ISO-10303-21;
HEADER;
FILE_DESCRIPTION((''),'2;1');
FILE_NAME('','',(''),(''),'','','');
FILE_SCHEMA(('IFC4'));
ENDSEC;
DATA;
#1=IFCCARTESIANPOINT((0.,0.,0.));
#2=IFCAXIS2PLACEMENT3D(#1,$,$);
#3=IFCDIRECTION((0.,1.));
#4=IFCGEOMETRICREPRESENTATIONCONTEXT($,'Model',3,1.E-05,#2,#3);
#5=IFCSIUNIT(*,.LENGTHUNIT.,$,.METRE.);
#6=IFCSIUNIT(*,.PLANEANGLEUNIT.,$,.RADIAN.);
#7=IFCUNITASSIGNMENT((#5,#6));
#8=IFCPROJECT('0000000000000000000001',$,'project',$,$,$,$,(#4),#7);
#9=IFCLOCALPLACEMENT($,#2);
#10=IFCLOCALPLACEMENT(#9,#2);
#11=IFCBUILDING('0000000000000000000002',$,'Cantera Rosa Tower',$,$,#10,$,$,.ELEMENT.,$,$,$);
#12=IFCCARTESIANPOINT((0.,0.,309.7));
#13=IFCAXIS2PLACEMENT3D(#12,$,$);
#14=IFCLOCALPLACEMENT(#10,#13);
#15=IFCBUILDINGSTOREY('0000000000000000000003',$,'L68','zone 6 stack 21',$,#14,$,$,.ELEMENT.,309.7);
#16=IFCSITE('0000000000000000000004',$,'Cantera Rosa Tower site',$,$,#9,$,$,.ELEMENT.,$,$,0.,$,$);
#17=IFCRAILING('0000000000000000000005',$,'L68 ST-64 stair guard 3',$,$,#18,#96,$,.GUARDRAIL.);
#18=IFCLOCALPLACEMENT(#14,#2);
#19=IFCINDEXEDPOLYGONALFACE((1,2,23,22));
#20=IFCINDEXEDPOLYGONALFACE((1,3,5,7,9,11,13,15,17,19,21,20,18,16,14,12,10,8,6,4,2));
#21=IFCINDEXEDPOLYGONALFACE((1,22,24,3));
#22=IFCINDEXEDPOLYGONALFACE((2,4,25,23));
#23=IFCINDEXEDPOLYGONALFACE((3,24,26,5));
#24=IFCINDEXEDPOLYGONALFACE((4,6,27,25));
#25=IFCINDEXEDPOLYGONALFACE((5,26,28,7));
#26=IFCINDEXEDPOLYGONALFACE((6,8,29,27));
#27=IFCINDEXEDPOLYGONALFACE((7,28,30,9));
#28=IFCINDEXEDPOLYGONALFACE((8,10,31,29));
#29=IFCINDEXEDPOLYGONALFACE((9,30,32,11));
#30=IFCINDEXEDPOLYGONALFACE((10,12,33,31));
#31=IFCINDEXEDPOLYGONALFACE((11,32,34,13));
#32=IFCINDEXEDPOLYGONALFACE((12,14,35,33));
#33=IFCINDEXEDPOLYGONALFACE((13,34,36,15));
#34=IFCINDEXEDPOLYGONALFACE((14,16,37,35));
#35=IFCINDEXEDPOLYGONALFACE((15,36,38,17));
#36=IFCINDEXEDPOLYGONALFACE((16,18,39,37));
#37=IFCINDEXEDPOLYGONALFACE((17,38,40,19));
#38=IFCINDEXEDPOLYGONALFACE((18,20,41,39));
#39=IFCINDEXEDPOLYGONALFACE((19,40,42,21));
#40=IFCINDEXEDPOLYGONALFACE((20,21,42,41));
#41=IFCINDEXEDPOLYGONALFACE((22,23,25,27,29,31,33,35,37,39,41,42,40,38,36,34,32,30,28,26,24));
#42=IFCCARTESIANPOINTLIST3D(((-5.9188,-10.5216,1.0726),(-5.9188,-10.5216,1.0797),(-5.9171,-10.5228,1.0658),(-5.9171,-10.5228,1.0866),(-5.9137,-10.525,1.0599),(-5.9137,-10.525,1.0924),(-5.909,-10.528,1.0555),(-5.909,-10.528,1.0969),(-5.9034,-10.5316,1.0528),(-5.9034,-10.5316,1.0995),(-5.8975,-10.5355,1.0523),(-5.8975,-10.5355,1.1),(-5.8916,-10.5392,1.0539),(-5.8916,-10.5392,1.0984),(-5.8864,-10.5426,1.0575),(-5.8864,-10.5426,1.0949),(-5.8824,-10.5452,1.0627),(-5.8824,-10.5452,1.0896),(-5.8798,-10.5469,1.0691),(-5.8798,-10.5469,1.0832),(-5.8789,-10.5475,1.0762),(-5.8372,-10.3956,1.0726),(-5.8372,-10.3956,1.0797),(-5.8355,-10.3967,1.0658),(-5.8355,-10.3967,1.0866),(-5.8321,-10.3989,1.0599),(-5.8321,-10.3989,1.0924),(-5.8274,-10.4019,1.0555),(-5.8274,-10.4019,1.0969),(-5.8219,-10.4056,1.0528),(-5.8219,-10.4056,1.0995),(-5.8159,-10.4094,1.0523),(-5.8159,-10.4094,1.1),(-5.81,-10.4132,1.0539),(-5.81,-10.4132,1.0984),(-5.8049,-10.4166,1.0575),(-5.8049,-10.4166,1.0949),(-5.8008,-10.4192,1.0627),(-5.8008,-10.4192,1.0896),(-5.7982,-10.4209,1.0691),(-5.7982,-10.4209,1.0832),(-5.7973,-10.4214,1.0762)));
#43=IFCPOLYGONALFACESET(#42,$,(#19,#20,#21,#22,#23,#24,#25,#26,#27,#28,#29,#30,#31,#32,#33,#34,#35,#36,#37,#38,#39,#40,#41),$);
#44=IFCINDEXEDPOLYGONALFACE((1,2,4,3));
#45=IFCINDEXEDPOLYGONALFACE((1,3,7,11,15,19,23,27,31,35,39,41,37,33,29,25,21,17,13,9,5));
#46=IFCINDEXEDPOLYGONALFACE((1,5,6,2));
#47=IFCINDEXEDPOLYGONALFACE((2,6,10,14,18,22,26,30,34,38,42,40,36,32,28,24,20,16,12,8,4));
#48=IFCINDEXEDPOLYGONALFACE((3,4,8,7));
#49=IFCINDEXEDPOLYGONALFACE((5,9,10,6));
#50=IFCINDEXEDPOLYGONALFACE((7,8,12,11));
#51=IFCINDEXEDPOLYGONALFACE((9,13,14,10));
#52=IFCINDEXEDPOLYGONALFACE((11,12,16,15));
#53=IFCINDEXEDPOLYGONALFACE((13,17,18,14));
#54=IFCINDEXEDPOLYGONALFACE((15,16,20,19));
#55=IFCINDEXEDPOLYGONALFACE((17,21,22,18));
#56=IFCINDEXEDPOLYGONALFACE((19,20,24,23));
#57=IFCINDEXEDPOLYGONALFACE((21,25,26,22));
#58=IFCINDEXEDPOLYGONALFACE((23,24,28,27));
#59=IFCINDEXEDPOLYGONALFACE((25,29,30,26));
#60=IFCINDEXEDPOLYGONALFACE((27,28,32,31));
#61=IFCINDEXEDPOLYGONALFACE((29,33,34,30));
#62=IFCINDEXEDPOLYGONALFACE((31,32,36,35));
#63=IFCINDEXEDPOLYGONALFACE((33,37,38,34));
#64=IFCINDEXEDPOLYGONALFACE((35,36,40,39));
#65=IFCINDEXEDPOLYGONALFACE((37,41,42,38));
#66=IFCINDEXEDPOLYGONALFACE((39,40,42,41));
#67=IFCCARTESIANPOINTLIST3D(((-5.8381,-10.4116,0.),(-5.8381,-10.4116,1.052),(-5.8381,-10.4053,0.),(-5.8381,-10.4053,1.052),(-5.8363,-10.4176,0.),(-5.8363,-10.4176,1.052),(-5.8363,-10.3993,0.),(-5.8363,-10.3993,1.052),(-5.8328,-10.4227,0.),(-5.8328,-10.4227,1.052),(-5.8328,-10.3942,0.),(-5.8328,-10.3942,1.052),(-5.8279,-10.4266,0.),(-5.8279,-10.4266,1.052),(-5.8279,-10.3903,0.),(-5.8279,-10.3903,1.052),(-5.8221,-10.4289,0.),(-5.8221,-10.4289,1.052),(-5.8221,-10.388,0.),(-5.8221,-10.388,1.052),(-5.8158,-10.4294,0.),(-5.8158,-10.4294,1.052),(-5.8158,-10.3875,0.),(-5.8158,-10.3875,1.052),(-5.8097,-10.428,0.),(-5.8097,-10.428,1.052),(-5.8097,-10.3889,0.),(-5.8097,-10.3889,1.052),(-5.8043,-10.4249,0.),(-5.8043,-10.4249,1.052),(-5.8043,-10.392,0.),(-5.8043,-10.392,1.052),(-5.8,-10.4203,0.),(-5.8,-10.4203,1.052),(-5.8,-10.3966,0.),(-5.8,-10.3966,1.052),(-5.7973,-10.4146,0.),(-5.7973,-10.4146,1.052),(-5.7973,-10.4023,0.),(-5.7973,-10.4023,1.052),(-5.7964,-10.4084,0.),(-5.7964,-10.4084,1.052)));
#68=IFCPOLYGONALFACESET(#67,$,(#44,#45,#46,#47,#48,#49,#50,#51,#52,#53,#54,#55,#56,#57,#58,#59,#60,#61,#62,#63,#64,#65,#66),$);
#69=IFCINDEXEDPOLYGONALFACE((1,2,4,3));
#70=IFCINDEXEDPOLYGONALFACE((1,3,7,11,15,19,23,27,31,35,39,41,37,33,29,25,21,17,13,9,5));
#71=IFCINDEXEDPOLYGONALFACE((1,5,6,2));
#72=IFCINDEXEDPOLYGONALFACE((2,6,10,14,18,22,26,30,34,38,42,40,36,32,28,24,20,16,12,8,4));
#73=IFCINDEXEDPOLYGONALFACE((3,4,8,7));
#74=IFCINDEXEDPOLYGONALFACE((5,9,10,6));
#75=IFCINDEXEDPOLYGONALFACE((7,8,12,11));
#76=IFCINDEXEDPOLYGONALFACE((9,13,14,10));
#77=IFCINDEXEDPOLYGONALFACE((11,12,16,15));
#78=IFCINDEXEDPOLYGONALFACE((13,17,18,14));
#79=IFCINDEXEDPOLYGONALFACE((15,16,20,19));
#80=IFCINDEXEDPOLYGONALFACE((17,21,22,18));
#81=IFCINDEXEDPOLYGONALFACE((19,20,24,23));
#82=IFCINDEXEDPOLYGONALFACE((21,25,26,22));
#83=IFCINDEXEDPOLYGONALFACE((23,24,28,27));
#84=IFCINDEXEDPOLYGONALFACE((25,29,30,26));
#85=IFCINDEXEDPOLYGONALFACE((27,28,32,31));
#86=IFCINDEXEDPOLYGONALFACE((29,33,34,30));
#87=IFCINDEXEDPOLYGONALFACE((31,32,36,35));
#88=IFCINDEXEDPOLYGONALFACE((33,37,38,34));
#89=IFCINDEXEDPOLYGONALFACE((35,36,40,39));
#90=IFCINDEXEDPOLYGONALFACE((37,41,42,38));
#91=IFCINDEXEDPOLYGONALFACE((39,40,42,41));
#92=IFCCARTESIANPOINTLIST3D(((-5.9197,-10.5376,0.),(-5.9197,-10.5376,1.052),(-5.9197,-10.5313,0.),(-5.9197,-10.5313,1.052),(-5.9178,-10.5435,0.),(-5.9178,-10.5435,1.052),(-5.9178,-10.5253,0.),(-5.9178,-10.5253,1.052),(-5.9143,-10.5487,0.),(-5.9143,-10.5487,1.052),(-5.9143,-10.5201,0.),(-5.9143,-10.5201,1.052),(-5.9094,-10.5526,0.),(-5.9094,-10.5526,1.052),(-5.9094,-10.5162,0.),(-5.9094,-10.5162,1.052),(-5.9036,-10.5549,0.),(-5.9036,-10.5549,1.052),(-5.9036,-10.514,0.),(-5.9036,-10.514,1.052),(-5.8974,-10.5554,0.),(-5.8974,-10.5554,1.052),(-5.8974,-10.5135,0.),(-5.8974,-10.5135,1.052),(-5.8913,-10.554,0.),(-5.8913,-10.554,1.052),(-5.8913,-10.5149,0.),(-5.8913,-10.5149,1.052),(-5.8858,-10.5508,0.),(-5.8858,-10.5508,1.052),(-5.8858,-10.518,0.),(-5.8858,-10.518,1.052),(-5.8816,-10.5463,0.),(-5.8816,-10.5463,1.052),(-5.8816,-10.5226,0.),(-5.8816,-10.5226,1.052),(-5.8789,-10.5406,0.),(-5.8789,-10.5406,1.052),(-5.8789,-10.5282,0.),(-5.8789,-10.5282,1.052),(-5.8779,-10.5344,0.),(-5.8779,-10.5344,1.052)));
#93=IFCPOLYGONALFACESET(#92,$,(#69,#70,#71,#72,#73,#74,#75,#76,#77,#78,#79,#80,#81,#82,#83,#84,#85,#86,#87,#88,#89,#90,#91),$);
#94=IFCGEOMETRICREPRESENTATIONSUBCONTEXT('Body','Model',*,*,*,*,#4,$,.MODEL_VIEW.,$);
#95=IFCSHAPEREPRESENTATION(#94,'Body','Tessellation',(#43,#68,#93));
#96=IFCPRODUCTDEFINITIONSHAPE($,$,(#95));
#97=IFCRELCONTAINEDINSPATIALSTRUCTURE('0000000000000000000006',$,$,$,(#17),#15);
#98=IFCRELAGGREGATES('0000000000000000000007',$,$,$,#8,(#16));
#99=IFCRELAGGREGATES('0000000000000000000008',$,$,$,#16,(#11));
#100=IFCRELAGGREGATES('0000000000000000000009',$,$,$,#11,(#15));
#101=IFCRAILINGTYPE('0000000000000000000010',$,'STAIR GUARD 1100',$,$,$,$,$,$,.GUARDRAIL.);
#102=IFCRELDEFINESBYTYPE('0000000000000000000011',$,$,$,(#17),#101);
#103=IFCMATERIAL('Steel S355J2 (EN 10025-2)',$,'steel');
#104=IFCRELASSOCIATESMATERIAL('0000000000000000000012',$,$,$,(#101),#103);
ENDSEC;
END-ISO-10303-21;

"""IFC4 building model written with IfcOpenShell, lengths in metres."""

from ifc_helpers import new_model, si_unit, direction, frame, origin, origin_2d, place, context, subcontext, project, spatial, circle, extrude, material, type_object, element, save


model = new_model("IFC4")

# Units and contexts
model_context = context("Model", 3, precision=1e-05, world=origin(), true_north=direction((0.0, 1.0)))
body_context = subcontext(model_context, "Body", "Model", "MODEL_VIEW")
ifc_project = project(units=[si_unit("LENGTHUNIT", "METRE"), si_unit("PLANEANGLEUNIT", "RADIAN")], contexts=[model_context])

# Site, building, storey
site_placement = place(None, origin())
site = spatial("IfcSite", under=ifc_project, at=site_placement, Name="Cantera Rosa Tower site", CompositionType="ELEMENT", RefElevation=0.0)
building_placement = place(site_placement, origin())
building = spatial("IfcBuilding", under=site, at=building_placement, Name="Cantera Rosa Tower", CompositionType="ELEMENT")
storey_placement = place(building_placement, frame((0.0, 0.0, 309.7)))
storey = spatial("IfcBuildingStorey", under=building, at=storey_placement, Name="L68", Description="zone 6 stack 21", CompositionType="ELEMENT", Elevation=309.7)

# Railing
ifc_material_1 = material(Name="Steel S355J2 (EN 10025-2)", Category="steel")
railing_type_1 = type_object("IfcRailingType", Name="STAIR GUARD 1100", PredefinedType="GUARDRAIL", material=ifc_material_1)
railing_1_placement = place(storey_placement, frame((-5.8174, -10.4084, 0.0)))
element("IfcRailing", 1, at=railing_1_placement, inside=storey, type_object=railing_type_1, Name="L68 ST-64 stair guard 3", PredefinedType="GUARDRAIL", context=body_context, shape_type="SweptSolid", body=[
    extrude(circle(Radius=0.0239, at=origin_2d()), frame((0.0, 0.0, 1.0762), z_axis=(-0.543386, -0.839483, 0.0), x_axis=(0.839483, -0.543386, 0.0)), (0.0, 0.0, 1.0), 0.1501),
    extrude(circle(Radius=0.021, at=origin_2d()), origin(), (0.0, 0.0, 1.0), 1.052),
    extrude(circle(Radius=0.021, at=origin_2d()), frame((-0.0815, -0.126, 0.0)), (0.0, 0.0, 1.0), 1.052),
])

save(model, "model.ifc")
